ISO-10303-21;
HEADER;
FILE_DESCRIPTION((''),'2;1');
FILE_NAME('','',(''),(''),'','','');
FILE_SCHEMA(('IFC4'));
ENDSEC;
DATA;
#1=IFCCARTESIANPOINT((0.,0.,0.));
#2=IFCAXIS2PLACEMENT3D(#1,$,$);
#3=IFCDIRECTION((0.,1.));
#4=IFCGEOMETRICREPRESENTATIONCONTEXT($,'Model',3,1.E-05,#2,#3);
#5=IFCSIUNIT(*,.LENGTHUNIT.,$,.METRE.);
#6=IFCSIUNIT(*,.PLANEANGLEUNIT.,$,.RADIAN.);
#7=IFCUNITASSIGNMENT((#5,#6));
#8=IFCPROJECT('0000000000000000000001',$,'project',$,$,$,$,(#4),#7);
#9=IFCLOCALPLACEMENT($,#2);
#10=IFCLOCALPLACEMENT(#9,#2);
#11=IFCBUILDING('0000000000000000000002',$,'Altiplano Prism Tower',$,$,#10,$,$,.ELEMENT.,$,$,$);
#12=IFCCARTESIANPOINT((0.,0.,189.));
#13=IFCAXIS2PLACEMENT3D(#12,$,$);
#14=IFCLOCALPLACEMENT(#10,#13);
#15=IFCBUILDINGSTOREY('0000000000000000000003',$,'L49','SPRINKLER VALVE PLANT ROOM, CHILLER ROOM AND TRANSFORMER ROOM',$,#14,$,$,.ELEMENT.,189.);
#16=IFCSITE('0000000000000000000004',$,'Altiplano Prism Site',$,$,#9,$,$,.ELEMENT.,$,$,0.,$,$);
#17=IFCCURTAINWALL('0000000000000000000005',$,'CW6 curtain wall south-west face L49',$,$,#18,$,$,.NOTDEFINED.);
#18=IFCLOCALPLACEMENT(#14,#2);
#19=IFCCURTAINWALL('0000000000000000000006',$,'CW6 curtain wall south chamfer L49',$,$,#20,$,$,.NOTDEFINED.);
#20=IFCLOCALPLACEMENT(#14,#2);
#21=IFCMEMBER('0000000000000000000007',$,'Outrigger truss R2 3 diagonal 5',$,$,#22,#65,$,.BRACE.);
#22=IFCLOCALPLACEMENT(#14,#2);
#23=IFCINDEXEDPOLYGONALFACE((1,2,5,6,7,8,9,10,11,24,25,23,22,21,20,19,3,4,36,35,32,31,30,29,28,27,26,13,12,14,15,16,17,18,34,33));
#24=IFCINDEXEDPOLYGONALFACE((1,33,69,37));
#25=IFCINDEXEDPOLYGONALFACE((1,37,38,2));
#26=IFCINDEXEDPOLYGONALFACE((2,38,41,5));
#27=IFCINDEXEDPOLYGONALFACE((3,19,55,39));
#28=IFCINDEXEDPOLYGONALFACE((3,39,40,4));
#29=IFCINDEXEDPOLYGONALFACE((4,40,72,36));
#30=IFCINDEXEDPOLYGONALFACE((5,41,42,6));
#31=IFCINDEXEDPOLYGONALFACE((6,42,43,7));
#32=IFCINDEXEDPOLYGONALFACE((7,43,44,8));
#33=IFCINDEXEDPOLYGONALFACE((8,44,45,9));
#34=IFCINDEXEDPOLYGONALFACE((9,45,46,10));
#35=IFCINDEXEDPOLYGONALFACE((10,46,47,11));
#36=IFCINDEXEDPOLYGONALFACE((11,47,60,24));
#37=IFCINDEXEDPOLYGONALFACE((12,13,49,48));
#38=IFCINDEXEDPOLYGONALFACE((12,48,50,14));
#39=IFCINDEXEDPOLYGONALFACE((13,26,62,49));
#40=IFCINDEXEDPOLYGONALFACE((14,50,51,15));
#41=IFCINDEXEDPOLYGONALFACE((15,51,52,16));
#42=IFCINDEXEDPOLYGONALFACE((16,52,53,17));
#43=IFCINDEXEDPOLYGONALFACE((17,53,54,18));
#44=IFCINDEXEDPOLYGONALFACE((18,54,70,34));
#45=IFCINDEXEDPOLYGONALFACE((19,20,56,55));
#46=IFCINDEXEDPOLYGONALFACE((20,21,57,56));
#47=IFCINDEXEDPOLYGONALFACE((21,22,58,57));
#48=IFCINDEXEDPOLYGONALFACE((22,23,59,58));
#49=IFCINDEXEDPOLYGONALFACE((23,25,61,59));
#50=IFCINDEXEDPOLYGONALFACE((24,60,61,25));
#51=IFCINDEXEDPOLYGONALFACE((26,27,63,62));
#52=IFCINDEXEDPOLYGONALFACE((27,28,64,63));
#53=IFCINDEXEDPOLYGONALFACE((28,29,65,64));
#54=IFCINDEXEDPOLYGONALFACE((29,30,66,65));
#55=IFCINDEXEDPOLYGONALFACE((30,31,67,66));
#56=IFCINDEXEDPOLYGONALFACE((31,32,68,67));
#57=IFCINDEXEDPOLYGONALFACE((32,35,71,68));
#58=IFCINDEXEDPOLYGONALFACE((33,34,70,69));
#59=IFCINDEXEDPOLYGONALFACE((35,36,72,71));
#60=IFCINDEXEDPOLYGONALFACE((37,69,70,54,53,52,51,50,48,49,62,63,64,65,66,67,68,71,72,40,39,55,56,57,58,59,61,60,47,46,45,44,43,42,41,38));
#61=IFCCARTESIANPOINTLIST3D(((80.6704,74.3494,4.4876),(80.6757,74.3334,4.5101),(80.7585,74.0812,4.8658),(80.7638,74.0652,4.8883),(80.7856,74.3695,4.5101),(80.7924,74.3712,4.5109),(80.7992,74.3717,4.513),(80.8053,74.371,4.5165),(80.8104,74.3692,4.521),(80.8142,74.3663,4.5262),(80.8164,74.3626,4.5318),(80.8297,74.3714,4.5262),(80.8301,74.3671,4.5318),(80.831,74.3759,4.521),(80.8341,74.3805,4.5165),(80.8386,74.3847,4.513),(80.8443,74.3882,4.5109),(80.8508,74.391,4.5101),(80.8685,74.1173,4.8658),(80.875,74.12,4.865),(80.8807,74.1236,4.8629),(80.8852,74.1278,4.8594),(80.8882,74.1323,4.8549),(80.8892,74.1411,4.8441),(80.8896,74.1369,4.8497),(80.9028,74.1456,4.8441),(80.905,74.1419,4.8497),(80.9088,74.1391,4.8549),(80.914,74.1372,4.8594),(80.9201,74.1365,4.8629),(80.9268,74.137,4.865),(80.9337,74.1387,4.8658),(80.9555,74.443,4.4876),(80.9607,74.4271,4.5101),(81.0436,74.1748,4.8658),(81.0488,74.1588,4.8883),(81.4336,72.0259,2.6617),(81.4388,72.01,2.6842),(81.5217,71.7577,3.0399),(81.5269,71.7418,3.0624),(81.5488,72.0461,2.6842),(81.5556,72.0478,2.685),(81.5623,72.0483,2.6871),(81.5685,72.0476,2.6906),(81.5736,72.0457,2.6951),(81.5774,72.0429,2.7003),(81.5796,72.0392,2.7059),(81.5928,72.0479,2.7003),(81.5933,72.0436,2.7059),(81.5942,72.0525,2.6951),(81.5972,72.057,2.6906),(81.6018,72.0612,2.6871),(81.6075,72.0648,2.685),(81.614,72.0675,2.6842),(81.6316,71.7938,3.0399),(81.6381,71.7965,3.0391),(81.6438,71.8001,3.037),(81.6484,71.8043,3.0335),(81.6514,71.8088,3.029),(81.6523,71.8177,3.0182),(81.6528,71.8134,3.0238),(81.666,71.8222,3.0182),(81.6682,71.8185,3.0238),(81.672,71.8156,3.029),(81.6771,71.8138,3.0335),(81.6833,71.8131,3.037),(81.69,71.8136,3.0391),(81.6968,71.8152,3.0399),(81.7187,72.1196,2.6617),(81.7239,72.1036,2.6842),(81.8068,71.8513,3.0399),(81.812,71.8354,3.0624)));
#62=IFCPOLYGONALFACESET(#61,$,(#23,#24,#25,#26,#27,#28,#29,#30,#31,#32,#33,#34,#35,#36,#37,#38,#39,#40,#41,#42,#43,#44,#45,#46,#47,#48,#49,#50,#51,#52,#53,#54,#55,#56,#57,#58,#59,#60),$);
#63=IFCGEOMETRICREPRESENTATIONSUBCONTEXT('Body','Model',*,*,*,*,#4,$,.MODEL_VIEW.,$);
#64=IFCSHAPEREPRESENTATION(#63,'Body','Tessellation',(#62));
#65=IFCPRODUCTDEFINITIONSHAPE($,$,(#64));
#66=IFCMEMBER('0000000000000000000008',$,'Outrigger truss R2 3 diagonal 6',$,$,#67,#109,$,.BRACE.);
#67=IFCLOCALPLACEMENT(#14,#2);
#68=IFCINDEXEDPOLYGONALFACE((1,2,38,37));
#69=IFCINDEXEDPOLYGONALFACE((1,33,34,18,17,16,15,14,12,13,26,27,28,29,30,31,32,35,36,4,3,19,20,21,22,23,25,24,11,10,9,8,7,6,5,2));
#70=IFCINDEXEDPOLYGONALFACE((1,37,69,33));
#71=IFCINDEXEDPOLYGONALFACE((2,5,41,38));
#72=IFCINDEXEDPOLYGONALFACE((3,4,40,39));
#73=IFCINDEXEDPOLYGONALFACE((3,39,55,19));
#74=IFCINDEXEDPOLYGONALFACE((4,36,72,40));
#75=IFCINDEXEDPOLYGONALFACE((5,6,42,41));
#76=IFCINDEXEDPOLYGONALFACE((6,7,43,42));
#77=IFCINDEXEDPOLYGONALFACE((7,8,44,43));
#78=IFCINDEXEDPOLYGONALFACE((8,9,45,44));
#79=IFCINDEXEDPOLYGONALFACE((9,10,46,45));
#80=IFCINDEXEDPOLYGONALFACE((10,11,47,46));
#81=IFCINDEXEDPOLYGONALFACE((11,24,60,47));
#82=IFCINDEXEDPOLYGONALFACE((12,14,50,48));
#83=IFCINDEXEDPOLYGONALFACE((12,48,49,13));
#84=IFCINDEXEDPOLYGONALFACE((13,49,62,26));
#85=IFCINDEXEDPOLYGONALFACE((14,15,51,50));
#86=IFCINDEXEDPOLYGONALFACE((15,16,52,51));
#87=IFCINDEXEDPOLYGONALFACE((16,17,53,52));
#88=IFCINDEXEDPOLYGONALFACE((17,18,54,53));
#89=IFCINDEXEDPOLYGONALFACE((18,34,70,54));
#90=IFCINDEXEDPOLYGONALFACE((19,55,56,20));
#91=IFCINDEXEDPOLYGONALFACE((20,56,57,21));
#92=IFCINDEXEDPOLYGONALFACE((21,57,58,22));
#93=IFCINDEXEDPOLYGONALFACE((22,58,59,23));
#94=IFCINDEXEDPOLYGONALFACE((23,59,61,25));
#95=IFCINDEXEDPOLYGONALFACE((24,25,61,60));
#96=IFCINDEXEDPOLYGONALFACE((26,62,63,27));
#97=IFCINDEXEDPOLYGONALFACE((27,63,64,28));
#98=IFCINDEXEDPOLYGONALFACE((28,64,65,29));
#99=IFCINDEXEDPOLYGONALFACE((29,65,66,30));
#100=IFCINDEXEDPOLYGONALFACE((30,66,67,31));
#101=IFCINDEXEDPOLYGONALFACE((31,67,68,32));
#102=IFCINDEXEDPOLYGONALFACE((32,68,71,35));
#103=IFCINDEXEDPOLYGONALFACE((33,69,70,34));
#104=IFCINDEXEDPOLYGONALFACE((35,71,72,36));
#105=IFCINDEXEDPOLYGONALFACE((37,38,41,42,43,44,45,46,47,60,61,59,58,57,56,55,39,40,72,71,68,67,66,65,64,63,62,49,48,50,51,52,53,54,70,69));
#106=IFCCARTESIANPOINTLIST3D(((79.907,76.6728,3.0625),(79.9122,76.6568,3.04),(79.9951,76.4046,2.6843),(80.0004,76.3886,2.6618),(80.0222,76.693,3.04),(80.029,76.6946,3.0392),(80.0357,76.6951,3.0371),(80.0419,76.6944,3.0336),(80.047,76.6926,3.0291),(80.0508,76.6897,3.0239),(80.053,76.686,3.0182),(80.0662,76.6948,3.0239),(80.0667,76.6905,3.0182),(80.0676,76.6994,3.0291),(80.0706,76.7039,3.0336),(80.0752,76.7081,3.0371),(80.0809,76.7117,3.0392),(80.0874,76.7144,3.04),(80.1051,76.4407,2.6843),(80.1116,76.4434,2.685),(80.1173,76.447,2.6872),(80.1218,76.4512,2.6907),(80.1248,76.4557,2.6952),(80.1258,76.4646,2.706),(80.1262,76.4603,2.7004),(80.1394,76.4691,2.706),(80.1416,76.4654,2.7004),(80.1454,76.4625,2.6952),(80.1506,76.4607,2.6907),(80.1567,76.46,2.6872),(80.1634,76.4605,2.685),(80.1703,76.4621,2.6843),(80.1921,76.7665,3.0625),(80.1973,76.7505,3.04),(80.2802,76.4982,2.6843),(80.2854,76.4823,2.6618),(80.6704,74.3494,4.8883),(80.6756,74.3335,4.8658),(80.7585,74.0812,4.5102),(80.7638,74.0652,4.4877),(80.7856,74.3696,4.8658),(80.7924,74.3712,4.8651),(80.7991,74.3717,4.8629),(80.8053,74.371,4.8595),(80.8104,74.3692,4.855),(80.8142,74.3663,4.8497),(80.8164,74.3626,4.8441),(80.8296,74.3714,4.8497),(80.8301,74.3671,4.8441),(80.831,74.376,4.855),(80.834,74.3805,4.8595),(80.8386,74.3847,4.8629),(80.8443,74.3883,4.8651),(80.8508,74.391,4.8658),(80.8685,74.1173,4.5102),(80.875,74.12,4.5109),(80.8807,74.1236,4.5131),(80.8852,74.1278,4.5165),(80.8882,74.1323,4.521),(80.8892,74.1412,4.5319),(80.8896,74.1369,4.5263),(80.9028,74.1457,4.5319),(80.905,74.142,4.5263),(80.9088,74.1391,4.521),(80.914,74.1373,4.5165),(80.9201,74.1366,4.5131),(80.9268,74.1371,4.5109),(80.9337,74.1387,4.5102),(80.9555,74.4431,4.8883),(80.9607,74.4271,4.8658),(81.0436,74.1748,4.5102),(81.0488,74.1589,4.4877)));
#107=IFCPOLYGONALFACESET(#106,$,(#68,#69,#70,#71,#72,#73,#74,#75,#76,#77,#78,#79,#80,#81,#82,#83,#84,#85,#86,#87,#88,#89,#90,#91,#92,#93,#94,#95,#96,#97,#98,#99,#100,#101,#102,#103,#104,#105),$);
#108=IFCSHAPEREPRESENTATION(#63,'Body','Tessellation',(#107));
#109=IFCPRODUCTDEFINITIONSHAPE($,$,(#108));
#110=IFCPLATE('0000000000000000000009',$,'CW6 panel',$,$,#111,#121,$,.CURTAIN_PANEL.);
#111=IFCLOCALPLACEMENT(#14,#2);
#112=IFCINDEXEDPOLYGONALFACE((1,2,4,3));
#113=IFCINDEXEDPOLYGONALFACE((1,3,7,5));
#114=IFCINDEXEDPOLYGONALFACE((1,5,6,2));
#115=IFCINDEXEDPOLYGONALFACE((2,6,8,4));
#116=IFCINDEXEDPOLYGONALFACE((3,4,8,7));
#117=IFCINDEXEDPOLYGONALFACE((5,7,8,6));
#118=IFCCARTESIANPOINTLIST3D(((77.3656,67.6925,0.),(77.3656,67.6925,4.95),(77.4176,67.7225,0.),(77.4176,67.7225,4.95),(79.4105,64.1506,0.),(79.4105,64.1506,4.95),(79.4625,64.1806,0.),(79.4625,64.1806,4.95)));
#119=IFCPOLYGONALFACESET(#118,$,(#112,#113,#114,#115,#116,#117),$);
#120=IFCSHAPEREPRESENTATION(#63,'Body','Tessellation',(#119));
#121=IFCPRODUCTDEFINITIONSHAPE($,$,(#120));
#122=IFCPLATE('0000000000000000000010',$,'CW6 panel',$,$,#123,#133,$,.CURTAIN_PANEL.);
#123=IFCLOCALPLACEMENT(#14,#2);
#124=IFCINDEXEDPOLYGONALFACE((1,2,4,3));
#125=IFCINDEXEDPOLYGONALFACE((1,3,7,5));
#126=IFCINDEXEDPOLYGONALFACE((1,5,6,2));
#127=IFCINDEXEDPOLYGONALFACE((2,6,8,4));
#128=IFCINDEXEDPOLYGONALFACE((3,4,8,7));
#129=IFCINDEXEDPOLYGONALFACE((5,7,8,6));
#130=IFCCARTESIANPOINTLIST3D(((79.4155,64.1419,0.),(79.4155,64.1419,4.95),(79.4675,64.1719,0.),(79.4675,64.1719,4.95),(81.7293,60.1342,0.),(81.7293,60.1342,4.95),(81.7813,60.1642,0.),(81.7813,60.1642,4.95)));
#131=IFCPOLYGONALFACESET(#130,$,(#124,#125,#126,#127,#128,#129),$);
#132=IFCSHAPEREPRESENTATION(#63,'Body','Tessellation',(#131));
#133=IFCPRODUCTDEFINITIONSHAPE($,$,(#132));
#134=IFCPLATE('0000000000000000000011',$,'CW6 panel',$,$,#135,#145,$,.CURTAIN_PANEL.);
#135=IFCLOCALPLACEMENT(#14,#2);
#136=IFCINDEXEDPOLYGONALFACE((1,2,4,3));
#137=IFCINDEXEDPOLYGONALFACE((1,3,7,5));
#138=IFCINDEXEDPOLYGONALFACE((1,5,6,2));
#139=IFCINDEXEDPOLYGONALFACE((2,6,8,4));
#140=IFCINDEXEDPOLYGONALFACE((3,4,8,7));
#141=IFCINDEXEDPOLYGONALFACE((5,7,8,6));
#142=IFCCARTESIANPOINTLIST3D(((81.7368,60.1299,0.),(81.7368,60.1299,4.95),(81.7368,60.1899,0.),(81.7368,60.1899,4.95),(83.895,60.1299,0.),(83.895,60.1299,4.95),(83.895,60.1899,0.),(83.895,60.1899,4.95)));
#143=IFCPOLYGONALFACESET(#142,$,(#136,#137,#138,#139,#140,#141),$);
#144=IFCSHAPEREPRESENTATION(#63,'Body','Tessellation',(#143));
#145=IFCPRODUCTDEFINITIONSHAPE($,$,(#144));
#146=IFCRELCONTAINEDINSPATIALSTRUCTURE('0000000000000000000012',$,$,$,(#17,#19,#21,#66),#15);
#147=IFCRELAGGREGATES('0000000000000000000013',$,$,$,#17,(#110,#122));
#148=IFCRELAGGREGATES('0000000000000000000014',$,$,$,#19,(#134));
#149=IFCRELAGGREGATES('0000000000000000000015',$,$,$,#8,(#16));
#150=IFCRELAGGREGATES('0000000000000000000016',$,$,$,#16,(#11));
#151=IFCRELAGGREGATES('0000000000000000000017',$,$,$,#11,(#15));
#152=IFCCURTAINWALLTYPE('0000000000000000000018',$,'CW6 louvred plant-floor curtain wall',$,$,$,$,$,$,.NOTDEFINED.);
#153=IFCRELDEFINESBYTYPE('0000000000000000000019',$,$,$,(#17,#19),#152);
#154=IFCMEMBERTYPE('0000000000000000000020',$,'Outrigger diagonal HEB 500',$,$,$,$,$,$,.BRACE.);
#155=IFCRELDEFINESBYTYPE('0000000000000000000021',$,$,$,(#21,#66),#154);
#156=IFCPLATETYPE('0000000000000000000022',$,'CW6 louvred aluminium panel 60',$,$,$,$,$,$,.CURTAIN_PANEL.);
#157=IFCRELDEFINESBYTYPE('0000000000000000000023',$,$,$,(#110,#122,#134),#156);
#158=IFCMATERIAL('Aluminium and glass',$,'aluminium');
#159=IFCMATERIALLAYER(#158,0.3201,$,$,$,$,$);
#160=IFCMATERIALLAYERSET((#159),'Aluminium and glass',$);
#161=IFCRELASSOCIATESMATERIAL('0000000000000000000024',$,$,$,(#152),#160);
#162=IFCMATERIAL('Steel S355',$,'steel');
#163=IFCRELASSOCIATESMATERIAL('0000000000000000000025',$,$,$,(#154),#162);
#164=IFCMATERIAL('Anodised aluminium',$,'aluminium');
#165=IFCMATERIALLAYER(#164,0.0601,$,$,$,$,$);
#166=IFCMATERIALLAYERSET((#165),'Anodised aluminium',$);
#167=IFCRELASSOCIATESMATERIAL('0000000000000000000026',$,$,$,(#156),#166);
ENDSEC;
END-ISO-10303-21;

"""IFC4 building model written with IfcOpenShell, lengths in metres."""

from ifc_helpers import new_model, si_unit, direction, frame, origin, origin_2d, place, context, subcontext, project, spatial, rectangle, i_section, extrude, material, layer, layer_set, material_profile, profile_set, type_object, element, aggregate, save


model = new_model("IFC4")

# Units and contexts
model_context = context("Model", 3, precision=1e-05, world=origin(), true_north=direction((0.0, 1.0)))
body_context = subcontext(model_context, "Body", "Model", "MODEL_VIEW")
ifc_project = project(units=[si_unit("LENGTHUNIT", "METRE"), si_unit("PLANEANGLEUNIT", "RADIAN")], contexts=[model_context])

# Site, building, storey
site_placement = place(None, origin())
site = spatial("IfcSite", under=ifc_project, at=site_placement, Name="Altiplano Prism Site", CompositionType="ELEMENT", RefElevation=0.0)
building_placement = place(site_placement, origin())
building = spatial("IfcBuilding", under=site, at=building_placement, Name="Altiplano Prism Tower", CompositionType="ELEMENT")
storey_placement = place(building_placement, frame((0.0, 0.0, 189.0)))
storey = spatial("IfcBuildingStorey", under=building, at=storey_placement, Name="L49", Description="SPRINKLER VALVE PLANT ROOM, CHILLER ROOM AND TRANSFORMER ROOM", CompositionType="ELEMENT", Elevation=189.0)

# Shared definitions
ifc_material_1 = material(Name="Steel S355", Category="steel")

# Curtain walls
ifc_material_2 = material(Name="Aluminium and glass", Category="aluminium")
ifc_layer_1 = layer(ifc_material_2, 0.3201)
ifc_layer_set_1 = layer_set([ifc_layer_1], Name="Aluminium and glass")
curtain_wall_type = type_object("IfcCurtainWallType", Name="CW6 louvred plant-floor curtain wall", PredefinedType="NOTDEFINED", material=ifc_layer_set_1)
curtain_wall_1_placement = place(storey_placement, origin())
curtain_wall_1 = element("IfcCurtainWall", 1, at=curtain_wall_1_placement, inside=storey, type_object=curtain_wall_type, Name="CW6 curtain wall south-west face L49", PredefinedType="NOTDEFINED")
curtain_wall_2_placement = place(storey_placement, origin())
curtain_wall_2 = element("IfcCurtainWall", 2, at=curtain_wall_2_placement, inside=storey, type_object=curtain_wall_type, Name="CW6 curtain wall south chamfer L49", PredefinedType="NOTDEFINED")

# Members
ifc_material_profile_1 = material_profile(ifc_material_1, i_section(OverallWidth=0.3, OverallDepth=0.5, WebThickness=0.0144, FlangeThickness=0.0281, FilletRadius=0.0271, at=origin_2d()), Name="Outrigger diagonal HEB 500")
ifc_profile_set_1 = profile_set([ifc_material_profile_1], Name="Steel S355")
member_type_1 = type_object("IfcMemberType", Name="Outrigger diagonal HEB 500", PredefinedType="BRACE", material=ifc_profile_set_1)
for number, where, z_axis, x_axis, name in (
    (3, (81.6228, 71.9307, 2.8621), (-0.250056, 0.761285, 0.598261), (-0.950062, -0.312062, 0.0), "Outrigger truss R2 3 diagonal 5"),
    (4, (80.8596, 74.2542, 4.688), (-0.25013, 0.76127, -0.598249), (-0.950032, -0.312152, 0.0), "Outrigger truss R2 3 diagonal 6"),
):
    element("IfcMember", number, at=place(storey_placement, frame(where, z_axis=z_axis, x_axis=x_axis)), inside=storey, type_object=member_type_1, Name=name, PredefinedType="BRACE", context=body_context, shape_type="SweptSolid", body=[
        extrude(i_section(OverallWidth=0.3, OverallDepth=0.5, WebThickness=0.0144, FlangeThickness=0.0281, FilletRadius=0.0271, at=origin_2d()), origin(), (0.0, 0.0, 1.0), 3.052),
    ])

# Plates
ifc_material_3 = material(Name="Anodised aluminium", Category="aluminium")
ifc_layer_2 = layer(ifc_material_3, 0.0601)
ifc_layer_set_2 = layer_set([ifc_layer_2], Name="Anodised aluminium")
plate_type = type_object("IfcPlateType", Name="CW6 louvred aluminium panel 60", PredefinedType="CURTAIN_PANEL", material=ifc_layer_set_2)
plate_1_placement = place(storey_placement, frame((78.4141, 65.9365, 0.0), z_axis=(0.0, 0.0, 1.0), x_axis=(0.5, -0.866025, 0.0)))
plate_1 = element("IfcPlate", 5, at=plate_1_placement, type_object=plate_type, Name="CW6 panel", PredefinedType="CURTAIN_PANEL", context=body_context, shape_type="SweptSolid", body=[
    extrude(rectangle(XDim=4.0898, YDim=0.0601, at=origin_2d()), origin(), (0.0, 0.0, 1.0), 4.95),
])
plate_2_placement = place(storey_placement, frame((80.5984, 62.1531, 0.0), z_axis=(0.0, 0.0, 1.0), x_axis=(0.5, -0.866025, 0.0)))
plate_2 = element("IfcPlate", 6, at=plate_2_placement, type_object=plate_type, Name="CW6 panel", PredefinedType="CURTAIN_PANEL", context=body_context, shape_type="SweptSolid", body=[
    extrude(rectangle(XDim=4.6277, YDim=0.0601, at=origin_2d()), origin(), (0.0, 0.0, 1.0), 4.95),
])
aggregate(curtain_wall_1, [plate_1, plate_2])
plate_3_placement = place(storey_placement, frame((82.8159, 60.1599, 0.0), z_axis=(0.0, 0.0, 1.0), x_axis=(1.0, 0.0, 0.0)))
plate_3 = element("IfcPlate", 7, at=plate_3_placement, type_object=plate_type, Name="CW6 panel", PredefinedType="CURTAIN_PANEL", context=body_context, shape_type="SweptSolid", body=[
    extrude(rectangle(XDim=2.1582, YDim=0.0601, at=origin_2d()), origin(), (0.0, 0.0, 1.0), 4.95),
])
aggregate(curtain_wall_2, [plate_3])

save(model, "model.ifc")
